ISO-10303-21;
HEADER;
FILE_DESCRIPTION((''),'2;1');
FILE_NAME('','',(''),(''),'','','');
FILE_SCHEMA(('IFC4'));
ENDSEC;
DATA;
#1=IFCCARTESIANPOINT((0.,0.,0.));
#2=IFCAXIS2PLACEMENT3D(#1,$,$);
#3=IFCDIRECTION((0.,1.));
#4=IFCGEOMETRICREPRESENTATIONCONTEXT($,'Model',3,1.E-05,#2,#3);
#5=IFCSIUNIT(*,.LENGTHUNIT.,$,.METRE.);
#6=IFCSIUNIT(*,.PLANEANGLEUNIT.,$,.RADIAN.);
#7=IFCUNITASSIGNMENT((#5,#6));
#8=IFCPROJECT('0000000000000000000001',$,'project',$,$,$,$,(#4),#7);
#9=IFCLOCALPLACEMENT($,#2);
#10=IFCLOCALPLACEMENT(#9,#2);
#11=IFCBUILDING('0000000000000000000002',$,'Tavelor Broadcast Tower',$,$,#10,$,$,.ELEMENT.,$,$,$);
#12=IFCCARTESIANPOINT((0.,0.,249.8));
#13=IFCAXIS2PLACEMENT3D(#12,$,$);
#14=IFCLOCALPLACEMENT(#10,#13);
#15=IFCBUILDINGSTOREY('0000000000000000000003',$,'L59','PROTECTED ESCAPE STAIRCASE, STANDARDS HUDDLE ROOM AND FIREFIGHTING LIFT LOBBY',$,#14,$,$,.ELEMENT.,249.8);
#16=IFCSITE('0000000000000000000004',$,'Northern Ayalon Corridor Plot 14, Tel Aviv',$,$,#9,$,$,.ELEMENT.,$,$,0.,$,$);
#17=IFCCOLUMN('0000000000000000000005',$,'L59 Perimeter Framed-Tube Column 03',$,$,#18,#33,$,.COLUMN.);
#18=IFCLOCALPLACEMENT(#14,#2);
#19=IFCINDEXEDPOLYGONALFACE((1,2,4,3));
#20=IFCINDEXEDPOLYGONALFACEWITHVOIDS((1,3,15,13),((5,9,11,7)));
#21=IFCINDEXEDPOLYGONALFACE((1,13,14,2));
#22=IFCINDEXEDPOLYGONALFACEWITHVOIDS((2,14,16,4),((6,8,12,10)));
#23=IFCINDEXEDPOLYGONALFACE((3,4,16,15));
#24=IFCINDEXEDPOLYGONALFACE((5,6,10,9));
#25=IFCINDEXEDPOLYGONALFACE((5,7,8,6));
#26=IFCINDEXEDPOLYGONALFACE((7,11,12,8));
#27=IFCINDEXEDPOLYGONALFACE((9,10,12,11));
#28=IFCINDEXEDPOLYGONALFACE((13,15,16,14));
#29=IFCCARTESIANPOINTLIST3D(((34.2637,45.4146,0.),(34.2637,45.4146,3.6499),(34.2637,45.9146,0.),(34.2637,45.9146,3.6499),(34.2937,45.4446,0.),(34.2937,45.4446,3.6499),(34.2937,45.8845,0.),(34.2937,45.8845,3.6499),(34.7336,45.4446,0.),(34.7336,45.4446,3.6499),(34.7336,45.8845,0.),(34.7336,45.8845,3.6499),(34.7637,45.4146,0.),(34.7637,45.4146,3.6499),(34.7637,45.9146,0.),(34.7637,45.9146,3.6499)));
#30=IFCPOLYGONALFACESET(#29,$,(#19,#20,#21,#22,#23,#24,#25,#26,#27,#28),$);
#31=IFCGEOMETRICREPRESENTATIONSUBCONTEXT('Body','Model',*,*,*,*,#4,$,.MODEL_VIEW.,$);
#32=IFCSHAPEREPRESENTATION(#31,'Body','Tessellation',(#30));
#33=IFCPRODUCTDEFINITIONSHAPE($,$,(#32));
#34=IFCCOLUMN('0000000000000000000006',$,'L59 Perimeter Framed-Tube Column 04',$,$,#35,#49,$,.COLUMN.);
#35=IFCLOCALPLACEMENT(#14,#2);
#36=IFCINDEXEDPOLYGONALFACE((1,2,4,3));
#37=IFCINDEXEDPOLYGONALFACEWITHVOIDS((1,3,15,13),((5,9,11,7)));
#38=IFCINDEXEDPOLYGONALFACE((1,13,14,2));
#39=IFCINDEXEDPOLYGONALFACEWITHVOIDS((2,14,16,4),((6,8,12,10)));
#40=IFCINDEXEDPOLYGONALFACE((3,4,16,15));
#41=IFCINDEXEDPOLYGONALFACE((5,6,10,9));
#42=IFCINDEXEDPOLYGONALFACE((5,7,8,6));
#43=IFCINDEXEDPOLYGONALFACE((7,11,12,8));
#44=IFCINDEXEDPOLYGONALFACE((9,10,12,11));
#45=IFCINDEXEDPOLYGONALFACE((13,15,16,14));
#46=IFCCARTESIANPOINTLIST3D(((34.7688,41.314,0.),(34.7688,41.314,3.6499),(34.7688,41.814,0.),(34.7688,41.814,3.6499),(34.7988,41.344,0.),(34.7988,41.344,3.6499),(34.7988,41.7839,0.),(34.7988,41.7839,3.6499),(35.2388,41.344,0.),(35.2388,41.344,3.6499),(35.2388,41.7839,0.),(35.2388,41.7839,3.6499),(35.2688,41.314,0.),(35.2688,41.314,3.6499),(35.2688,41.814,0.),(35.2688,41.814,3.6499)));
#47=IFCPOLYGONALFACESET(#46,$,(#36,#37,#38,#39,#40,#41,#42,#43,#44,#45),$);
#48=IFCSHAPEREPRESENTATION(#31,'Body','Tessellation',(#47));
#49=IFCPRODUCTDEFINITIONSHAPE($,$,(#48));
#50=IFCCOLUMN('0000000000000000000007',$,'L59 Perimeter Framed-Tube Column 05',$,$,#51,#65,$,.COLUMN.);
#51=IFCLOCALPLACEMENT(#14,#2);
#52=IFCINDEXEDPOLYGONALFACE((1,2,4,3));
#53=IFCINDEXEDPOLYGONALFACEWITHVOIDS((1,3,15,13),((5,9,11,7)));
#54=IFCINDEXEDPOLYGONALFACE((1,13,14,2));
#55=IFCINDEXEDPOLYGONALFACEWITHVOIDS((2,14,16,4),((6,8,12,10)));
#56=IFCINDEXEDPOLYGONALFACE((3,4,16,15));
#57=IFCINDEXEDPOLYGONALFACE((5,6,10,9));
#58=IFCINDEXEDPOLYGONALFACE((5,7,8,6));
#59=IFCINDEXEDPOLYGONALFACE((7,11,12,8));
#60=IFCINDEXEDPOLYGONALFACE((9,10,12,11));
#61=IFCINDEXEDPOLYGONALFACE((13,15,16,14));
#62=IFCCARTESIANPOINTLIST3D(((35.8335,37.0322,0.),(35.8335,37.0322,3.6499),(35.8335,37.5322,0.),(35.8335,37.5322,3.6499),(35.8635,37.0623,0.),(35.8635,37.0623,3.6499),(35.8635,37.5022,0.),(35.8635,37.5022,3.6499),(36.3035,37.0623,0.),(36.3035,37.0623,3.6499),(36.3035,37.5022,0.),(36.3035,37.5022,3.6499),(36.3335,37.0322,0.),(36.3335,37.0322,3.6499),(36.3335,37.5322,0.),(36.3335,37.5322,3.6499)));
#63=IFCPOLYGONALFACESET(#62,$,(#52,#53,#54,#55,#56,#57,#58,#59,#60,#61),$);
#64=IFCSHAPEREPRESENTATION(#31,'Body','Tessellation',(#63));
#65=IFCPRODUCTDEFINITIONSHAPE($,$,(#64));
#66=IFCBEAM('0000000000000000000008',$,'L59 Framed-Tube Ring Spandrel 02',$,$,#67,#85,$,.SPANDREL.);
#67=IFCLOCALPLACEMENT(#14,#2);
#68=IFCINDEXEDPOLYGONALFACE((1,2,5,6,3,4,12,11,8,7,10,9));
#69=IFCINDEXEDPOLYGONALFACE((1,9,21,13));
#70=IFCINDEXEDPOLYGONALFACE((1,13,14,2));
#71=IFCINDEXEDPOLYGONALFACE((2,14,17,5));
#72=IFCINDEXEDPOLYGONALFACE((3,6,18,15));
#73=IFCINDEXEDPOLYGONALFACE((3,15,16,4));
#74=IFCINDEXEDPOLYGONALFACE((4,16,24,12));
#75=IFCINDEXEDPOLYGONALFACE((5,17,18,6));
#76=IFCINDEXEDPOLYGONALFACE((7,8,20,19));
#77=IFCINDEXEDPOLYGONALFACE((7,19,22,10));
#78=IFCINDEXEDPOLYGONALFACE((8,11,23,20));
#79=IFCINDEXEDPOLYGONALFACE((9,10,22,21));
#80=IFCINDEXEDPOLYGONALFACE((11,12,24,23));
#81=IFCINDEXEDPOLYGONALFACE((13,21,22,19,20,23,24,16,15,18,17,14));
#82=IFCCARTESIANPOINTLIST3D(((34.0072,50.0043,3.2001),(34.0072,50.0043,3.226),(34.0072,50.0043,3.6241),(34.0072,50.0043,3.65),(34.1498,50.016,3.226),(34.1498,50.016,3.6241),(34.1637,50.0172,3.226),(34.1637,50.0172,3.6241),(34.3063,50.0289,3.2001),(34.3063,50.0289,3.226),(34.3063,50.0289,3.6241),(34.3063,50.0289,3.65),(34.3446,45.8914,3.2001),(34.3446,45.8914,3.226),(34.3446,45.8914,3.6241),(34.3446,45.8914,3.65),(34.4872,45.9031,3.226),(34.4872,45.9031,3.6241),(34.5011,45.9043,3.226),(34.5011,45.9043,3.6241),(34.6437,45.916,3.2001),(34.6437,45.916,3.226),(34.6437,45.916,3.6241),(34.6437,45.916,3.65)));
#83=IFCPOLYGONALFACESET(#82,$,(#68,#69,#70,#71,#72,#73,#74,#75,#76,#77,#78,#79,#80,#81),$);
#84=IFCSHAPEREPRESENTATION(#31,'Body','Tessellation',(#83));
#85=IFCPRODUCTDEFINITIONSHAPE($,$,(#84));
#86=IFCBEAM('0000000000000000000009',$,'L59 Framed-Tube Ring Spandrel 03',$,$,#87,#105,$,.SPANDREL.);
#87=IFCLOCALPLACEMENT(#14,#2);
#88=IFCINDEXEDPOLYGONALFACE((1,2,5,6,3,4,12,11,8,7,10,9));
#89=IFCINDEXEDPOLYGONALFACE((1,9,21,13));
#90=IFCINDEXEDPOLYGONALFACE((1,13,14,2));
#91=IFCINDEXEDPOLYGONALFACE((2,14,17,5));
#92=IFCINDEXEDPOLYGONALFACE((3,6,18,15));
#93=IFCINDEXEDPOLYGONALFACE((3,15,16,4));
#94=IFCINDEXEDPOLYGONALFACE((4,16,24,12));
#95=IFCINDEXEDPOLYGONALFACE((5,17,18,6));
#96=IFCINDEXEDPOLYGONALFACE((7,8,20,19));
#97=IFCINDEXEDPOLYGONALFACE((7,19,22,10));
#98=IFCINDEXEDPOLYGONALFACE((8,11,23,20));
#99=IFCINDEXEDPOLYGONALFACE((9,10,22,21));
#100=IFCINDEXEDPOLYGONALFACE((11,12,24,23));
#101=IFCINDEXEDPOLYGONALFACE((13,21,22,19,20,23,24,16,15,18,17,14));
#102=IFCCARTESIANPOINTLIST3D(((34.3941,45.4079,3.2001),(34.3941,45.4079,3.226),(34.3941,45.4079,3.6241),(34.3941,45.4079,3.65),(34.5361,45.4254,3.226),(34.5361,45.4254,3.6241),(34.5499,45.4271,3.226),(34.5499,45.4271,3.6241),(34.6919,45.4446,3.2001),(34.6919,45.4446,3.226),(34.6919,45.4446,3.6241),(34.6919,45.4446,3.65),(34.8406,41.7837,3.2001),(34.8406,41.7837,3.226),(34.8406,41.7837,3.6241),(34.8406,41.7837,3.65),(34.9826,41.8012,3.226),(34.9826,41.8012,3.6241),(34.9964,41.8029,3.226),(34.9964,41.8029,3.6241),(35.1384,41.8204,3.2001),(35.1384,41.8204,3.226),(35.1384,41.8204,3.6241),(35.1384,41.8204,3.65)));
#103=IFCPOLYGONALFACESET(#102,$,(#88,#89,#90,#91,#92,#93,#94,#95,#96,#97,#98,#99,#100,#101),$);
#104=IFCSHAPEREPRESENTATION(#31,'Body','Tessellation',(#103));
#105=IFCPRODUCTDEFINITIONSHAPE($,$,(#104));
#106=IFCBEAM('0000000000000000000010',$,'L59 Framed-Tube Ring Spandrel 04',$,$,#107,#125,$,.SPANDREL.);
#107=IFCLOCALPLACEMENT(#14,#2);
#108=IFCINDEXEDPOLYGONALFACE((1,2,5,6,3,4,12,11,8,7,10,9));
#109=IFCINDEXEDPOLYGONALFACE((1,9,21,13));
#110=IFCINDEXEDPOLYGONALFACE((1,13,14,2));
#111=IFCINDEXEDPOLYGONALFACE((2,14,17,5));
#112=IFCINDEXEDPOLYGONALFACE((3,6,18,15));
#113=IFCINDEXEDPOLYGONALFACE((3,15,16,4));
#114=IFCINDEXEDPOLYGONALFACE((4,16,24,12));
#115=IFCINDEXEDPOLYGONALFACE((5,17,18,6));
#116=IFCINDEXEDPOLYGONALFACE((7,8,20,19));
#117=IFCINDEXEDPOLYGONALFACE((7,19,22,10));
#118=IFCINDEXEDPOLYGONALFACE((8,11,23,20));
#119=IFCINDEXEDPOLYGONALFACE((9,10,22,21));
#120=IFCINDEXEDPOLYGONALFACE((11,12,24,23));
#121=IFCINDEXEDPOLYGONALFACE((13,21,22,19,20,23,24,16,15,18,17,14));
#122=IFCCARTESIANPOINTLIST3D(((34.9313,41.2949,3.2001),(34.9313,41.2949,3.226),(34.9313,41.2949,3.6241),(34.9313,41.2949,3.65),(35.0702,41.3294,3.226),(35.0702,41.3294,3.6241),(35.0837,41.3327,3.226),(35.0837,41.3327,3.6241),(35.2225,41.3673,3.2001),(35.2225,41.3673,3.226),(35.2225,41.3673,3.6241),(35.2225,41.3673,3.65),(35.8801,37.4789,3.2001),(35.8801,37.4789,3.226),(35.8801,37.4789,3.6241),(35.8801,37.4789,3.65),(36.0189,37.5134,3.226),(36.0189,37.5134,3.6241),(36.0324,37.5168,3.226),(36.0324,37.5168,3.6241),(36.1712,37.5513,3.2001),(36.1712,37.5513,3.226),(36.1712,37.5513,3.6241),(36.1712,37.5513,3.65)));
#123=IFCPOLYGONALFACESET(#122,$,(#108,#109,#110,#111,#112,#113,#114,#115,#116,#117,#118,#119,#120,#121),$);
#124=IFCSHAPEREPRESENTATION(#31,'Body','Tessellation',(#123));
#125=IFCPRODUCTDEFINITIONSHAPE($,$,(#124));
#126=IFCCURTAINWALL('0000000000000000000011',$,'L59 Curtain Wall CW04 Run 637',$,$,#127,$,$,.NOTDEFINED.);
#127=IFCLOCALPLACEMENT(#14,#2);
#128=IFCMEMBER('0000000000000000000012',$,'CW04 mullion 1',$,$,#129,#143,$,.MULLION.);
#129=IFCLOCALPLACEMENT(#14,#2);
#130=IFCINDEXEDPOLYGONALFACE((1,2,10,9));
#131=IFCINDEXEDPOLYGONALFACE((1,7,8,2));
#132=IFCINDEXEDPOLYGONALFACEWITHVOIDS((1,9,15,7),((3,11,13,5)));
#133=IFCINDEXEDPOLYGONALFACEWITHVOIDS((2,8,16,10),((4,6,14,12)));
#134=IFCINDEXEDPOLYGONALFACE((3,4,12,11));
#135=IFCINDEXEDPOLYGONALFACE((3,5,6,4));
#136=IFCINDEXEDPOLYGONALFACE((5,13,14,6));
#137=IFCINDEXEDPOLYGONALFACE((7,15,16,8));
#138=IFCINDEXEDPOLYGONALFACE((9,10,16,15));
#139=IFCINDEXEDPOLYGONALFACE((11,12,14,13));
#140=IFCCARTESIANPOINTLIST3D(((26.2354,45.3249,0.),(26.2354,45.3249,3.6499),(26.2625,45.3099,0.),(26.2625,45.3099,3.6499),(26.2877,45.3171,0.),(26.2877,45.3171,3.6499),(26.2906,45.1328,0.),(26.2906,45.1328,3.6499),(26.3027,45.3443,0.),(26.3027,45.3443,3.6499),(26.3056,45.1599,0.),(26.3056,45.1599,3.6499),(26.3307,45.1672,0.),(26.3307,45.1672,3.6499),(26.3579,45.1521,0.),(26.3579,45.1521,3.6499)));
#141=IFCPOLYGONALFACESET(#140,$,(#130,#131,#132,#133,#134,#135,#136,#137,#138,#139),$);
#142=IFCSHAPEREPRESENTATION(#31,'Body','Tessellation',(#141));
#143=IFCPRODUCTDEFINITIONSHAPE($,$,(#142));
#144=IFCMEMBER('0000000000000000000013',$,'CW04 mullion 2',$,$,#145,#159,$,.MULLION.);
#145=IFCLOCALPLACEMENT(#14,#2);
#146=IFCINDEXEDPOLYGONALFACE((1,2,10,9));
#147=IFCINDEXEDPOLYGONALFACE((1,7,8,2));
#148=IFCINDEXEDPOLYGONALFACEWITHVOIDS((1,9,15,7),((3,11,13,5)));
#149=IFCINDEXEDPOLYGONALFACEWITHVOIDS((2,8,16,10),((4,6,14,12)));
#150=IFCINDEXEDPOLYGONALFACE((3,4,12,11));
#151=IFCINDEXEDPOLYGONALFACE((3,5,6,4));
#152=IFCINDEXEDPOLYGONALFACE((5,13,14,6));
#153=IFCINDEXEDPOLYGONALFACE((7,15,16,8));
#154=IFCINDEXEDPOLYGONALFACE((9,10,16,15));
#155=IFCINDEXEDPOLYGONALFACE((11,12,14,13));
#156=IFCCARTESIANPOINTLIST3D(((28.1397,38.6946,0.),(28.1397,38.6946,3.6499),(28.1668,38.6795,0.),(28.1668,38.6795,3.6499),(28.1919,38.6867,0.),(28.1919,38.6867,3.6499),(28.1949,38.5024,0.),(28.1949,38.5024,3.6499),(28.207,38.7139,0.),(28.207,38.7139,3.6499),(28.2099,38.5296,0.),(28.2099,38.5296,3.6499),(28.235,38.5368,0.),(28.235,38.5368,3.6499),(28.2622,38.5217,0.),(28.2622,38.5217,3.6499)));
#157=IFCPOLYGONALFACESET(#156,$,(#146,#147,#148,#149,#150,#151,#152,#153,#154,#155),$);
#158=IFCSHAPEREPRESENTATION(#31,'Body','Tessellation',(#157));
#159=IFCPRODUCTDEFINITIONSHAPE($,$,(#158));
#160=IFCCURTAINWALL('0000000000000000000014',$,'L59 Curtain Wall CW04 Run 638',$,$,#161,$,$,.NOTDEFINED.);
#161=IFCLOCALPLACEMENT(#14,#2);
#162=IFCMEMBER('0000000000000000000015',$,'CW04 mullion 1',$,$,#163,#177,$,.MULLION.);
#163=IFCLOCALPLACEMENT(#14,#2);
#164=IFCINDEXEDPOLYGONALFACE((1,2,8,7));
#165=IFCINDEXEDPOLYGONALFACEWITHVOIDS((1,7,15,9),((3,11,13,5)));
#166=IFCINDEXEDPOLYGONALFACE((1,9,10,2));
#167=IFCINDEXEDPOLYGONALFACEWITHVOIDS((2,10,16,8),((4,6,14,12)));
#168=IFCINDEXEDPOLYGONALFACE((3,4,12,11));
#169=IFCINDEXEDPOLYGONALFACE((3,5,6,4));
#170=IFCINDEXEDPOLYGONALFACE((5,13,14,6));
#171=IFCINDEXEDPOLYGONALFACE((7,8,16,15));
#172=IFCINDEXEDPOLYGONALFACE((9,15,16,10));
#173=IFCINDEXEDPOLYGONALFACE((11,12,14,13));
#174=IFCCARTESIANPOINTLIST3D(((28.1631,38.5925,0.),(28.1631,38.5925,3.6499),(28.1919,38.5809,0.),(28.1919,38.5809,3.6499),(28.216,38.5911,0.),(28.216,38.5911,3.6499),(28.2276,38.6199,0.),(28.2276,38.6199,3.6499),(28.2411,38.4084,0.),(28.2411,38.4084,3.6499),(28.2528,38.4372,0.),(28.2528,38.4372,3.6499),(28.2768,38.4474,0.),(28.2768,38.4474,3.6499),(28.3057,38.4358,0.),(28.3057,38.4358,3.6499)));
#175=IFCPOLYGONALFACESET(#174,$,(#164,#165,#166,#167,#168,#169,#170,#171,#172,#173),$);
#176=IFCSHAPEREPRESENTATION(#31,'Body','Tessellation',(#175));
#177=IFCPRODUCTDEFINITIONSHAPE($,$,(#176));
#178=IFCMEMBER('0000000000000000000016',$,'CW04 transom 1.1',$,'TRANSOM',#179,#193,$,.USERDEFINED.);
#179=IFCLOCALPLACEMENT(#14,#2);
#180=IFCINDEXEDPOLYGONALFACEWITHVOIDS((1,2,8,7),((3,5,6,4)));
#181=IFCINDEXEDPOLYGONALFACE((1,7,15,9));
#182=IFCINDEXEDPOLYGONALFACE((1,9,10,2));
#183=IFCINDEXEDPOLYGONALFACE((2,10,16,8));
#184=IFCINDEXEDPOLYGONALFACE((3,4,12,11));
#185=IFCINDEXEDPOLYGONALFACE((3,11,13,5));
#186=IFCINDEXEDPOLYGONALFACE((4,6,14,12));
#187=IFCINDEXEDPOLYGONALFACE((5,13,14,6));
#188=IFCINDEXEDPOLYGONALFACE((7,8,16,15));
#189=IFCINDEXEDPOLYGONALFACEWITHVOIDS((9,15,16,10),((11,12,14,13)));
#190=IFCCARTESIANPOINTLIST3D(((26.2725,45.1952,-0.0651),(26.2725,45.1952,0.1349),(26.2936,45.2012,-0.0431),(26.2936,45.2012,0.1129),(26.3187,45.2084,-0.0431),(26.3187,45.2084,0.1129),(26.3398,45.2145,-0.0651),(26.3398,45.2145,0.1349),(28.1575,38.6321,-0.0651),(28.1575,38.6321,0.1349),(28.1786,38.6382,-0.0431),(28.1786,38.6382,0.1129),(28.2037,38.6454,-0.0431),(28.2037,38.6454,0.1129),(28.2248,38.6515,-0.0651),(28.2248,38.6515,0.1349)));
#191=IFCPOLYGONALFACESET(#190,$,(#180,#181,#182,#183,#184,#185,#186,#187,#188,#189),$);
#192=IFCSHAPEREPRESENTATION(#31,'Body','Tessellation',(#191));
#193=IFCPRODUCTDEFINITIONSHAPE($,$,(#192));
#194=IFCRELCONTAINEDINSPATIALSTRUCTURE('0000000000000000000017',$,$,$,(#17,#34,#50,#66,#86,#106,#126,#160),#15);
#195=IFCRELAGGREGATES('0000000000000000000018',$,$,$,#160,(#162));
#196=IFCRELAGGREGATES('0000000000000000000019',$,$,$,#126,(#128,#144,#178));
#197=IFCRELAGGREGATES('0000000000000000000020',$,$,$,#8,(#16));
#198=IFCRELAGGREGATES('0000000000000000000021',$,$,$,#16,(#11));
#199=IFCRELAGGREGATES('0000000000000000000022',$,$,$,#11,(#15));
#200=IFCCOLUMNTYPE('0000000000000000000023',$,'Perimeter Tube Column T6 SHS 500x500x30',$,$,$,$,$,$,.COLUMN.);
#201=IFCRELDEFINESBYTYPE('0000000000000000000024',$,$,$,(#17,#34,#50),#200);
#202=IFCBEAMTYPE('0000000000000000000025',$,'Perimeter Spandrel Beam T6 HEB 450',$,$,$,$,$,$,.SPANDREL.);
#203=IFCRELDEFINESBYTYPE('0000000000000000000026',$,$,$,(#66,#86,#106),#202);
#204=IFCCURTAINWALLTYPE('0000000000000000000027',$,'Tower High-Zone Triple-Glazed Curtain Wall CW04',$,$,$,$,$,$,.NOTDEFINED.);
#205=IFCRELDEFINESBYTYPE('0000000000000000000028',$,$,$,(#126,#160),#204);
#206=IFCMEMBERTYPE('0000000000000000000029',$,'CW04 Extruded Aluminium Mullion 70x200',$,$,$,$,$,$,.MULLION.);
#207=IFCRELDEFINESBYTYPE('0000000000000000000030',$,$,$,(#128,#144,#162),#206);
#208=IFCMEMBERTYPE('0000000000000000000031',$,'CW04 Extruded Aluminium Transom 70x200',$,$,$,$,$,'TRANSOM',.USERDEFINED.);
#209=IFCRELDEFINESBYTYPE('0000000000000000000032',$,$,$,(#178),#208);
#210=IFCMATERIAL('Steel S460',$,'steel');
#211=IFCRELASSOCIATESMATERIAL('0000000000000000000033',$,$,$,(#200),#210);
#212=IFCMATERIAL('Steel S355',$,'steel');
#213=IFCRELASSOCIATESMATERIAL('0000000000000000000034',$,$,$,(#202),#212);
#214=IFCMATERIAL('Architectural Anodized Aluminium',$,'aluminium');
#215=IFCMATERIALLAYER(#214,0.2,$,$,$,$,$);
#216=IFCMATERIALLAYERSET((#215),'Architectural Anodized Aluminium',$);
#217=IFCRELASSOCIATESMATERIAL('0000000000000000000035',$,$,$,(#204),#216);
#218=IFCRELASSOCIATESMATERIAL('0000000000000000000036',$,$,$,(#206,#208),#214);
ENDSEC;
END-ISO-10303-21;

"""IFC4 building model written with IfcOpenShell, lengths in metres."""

from ifc_helpers import new_model, si_unit, direction, frame, origin, origin_2d, place, context, subcontext, project, spatial, hollow_rectangle, i_section, extrude, source, transform, mapped, material, layer, layer_set, material_profile, profile_set, type_object, type_shapes, element, aggregate, save


model = new_model("IFC4")

# Units and contexts
model_context = context("Model", 3, precision=1e-05, world=origin(), true_north=direction((0.0, 1.0)))
body_context = subcontext(model_context, "Body", "Model", "MODEL_VIEW")
ifc_project = project(units=[si_unit("LENGTHUNIT", "METRE"), si_unit("PLANEANGLEUNIT", "RADIAN")], contexts=[model_context])

# Site, building, storey
site_placement = place(None, origin())
site = spatial("IfcSite", under=ifc_project, at=site_placement, Name="Northern Ayalon Corridor Plot 14, Tel Aviv", CompositionType="ELEMENT", RefElevation=0.0)
building_placement = place(site_placement, origin())
building = spatial("IfcBuilding", under=site, at=building_placement, Name="Tavelor Broadcast Tower", CompositionType="ELEMENT")
storey_placement = place(building_placement, frame((0.0, 0.0, 249.8)))
storey = spatial("IfcBuildingStorey", under=building, at=storey_placement, Name="L59", Description="PROTECTED ESCAPE STAIRCASE, STANDARDS HUDDLE ROOM AND FIREFIGHTING LIFT LOBBY", CompositionType="ELEMENT", Elevation=249.8)

# Columns
ifc_material_1 = material(Name="Steel S460", Category="steel")
ifc_material_profile_1 = material_profile(ifc_material_1, hollow_rectangle(XDim=0.5, YDim=0.5, WallThickness=0.03, at=origin_2d()), Name="SHS 500x500x30")
ifc_profile_set_1 = profile_set([ifc_material_profile_1], Name="Steel S460")
column_type = type_object("IfcColumnType", Name="Perimeter Tube Column T6 SHS 500x500x30", PredefinedType="COLUMN", material=ifc_profile_set_1)
for number, where, z_axis, x_axis, name in (
    (1, (34.5137, 45.6646, 0.0), (0.0, 0.0, 1.0), (1.0, 0.0, 0.0), "L59 Perimeter Framed-Tube Column 03"),
    (2, (35.0188, 41.564, 0.0), (0.0, 0.0, 1.0), (1.0, 0.0, 0.0), "L59 Perimeter Framed-Tube Column 04"),
    (3, (36.0835, 37.2822, 0.0), (0.0, 0.0, 1.0), (1.0, 0.0, 0.0), "L59 Perimeter Framed-Tube Column 05"),
):
    element("IfcColumn", number, at=place(storey_placement, frame(where, z_axis=z_axis, x_axis=x_axis)), inside=storey, type_object=column_type, Name=name, PredefinedType="COLUMN", context=body_context, shape_type="SweptSolid", body=[
        extrude(hollow_rectangle(XDim=0.5, YDim=0.5, WallThickness=0.03, at=origin_2d()), origin(), (0.0, 0.0, 1.0), 3.6499),
    ])

# Beams
ifc_material_2 = material(Name="Steel S355", Category="steel")
ifc_material_profile_2 = material_profile(ifc_material_2, i_section(OverallWidth=0.3, OverallDepth=0.45, WebThickness=0.0139, FlangeThickness=0.0259, at=origin_2d()), Name="HEB 450")
ifc_profile_set_2 = profile_set([ifc_material_profile_2], Name="Steel S355")
beam_type = type_object("IfcBeamType", Name="Perimeter Spandrel Beam T6 HEB 450", PredefinedType="SPANDREL", material=ifc_profile_set_2)
beam_1_placement = place(storey_placement, frame((34.1567, 50.0166, 3.425), z_axis=(0.081763, -0.996652, 0.0), x_axis=(0.996652, 0.081763, 0.0)))
element("IfcBeam", 4, at=beam_1_placement, inside=storey, type_object=beam_type, Name="L59 Framed-Tube Ring Spandrel 02", PredefinedType="SPANDREL", context=body_context, shape_type="SweptSolid", body=[
    extrude(i_section(OverallWidth=0.3, OverallDepth=0.45, WebThickness=0.0139, FlangeThickness=0.0259, at=origin_2d()), origin(), (0.0, 0.0, 1.0), 4.1267),
])
beam_2_placement = place(storey_placement, frame((34.543, 45.4263, 3.425), z_axis=(0.122282, -0.992495, 0.0), x_axis=(0.992495, 0.122282, 0.0)))
element("IfcBeam", 5, at=beam_2_placement, inside=storey, type_object=beam_type, Name="L59 Framed-Tube Ring Spandrel 03", PredefinedType="SPANDREL", context=body_context, shape_type="SweptSolid", body=[
    extrude(i_section(OverallWidth=0.3, OverallDepth=0.45, WebThickness=0.0139, FlangeThickness=0.0259, at=origin_2d()), origin(), (0.0, 0.0, 1.0), 3.6516),
])
beam_3_placement = place(storey_placement, frame((35.0769, 41.3311, 3.425), z_axis=(0.241279, -0.970456, 0.0), x_axis=(0.970456, 0.241279, 0.0)))
element("IfcBeam", 6, at=beam_3_placement, inside=storey, type_object=beam_type, Name="L59 Framed-Tube Ring Spandrel 04", PredefinedType="SPANDREL", context=body_context, shape_type="SweptSolid", body=[
    extrude(i_section(OverallWidth=0.3, OverallDepth=0.45, WebThickness=0.0139, FlangeThickness=0.0259, at=origin_2d()), origin(), (0.0, 0.0, 1.0), 3.9321),
])

# Curtain wall, members
ifc_material_3 = material(Name="Architectural Anodized Aluminium", Category="aluminium")
ifc_layer_1 = layer(ifc_material_3, 0.2)
ifc_layer_set_1 = layer_set([ifc_layer_1], Name="Architectural Anodized Aluminium")
curtain_wall_type = type_object("IfcCurtainWallType", Name="Tower High-Zone Triple-Glazed Curtain Wall CW04", PredefinedType="NOTDEFINED", material=ifc_layer_set_1)
curtain_wall_1_placement = place(storey_placement, origin())
curtain_wall_1 = element("IfcCurtainWall", 7, at=curtain_wall_1_placement, inside=storey, type_object=curtain_wall_type, Name="L59 Curtain Wall CW04 Run 637", PredefinedType="NOTDEFINED")
ifc_material_profile_3 = material_profile(ifc_material_3, hollow_rectangle(XDim=0.0701, YDim=0.2, WallThickness=0.022, at=origin_2d()), Name="RHS 70x200x22")
ifc_profile_set_3 = profile_set([ifc_material_profile_3], Name="Architectural Anodized Aluminium")
member_type_1 = type_object("IfcMemberType", Name="CW04 Extruded Aluminium Mullion 70x200", PredefinedType="MULLION", material=ifc_profile_set_3)
shared_shape_1 = source(origin(), body_context, "Body", "SweptSolid", [
    extrude(hollow_rectangle(XDim=0.0701, YDim=0.2, WallThickness=0.022, at=origin_2d()), origin(), (0.0, 0.0, 1.0), 3.6499),
])
type_shapes(member_type_1, [shared_shape_1])
member_1_placement = place(storey_placement, frame((26.2966, 45.2385, 0.0), z_axis=(0.0, 0.0, 1.0), x_axis=(0.96114, 0.276061, 0.0)))
member_1 = element("IfcMember", 8, at=member_1_placement, type_object=member_type_1, Name="CW04 mullion 1", PredefinedType="MULLION", context=body_context, shape_type="MappedRepresentation", body=[
    mapped(shared_shape_1, transform((0.0, 0.0, 0.0), scale=1.0)),
])
member_2_placement = place(storey_placement, frame((28.2009, 38.6082, 0.0), z_axis=(0.0, 0.0, 1.0), x_axis=(0.96114, 0.276061, 0.0)))
member_2 = element("IfcMember", 9, at=member_2_placement, type_object=member_type_1, Name="CW04 mullion 2", PredefinedType="MULLION", context=body_context, shape_type="MappedRepresentation", body=[
    mapped(shared_shape_1, transform((0.0, 0.0, 0.0), scale=1.0)),
])

# Curtain wall, member
curtain_wall_2_placement = place(storey_placement, origin())
curtain_wall_2 = element("IfcCurtainWall", 10, at=curtain_wall_2_placement, inside=storey, type_object=curtain_wall_type, Name="L59 Curtain Wall CW04 Run 638", PredefinedType="NOTDEFINED")
member_3_placement = place(storey_placement, frame((28.2344, 38.5142, 0.0), z_axis=(0.0, 0.0, 1.0), x_axis=(0.920676, 0.390327, 0.0)))
member_3 = element("IfcMember", 11, at=member_3_placement, type_object=member_type_1, Name="CW04 mullion 1", PredefinedType="MULLION", context=body_context, shape_type="MappedRepresentation", body=[
    mapped(shared_shape_1, transform((0.0, 0.0, 0.0), scale=1.0)),
])

# Member
ifc_material_profile_4 = material_profile(ifc_material_3, hollow_rectangle(XDim=0.0701, YDim=0.2, WallThickness=0.022, at=origin_2d()), Name="RHS 70x200x22")
ifc_profile_set_4 = profile_set([ifc_material_profile_4], Name="Architectural Anodized Aluminium")
member_type_2 = type_object("IfcMemberType", Name="CW04 Extruded Aluminium Transom 70x200", ElementType="TRANSOM", PredefinedType="USERDEFINED", material=ifc_profile_set_4)
shared_shape_2 = source(origin(), body_context, "Body", "SweptSolid", [
    extrude(hollow_rectangle(XDim=0.0701, YDim=0.2, WallThickness=0.022, at=origin_2d()), origin(), (0.0, 0.0, 1.0), 6.8284),
])
member_4_placement = place(storey_placement, frame((26.3062, 45.2048, 0.0349), z_axis=(0.276057, -0.961141, 0.0), x_axis=(0.961141, 0.276057, 0.0)))
member_4 = element("IfcMember", 12, at=member_4_placement, type_object=member_type_2, Name="CW04 transom 1.1", ObjectType="TRANSOM", PredefinedType="USERDEFINED", context=body_context, shape_type="MappedRepresentation", body=[
    mapped(shared_shape_2, transform((0.0, 0.0, 0.0), scale=1.0)),
])
aggregate(curtain_wall_2, [member_3])

aggregate(curtain_wall_1, [member_1, member_2, member_4])

save(model, "model.ifc")
